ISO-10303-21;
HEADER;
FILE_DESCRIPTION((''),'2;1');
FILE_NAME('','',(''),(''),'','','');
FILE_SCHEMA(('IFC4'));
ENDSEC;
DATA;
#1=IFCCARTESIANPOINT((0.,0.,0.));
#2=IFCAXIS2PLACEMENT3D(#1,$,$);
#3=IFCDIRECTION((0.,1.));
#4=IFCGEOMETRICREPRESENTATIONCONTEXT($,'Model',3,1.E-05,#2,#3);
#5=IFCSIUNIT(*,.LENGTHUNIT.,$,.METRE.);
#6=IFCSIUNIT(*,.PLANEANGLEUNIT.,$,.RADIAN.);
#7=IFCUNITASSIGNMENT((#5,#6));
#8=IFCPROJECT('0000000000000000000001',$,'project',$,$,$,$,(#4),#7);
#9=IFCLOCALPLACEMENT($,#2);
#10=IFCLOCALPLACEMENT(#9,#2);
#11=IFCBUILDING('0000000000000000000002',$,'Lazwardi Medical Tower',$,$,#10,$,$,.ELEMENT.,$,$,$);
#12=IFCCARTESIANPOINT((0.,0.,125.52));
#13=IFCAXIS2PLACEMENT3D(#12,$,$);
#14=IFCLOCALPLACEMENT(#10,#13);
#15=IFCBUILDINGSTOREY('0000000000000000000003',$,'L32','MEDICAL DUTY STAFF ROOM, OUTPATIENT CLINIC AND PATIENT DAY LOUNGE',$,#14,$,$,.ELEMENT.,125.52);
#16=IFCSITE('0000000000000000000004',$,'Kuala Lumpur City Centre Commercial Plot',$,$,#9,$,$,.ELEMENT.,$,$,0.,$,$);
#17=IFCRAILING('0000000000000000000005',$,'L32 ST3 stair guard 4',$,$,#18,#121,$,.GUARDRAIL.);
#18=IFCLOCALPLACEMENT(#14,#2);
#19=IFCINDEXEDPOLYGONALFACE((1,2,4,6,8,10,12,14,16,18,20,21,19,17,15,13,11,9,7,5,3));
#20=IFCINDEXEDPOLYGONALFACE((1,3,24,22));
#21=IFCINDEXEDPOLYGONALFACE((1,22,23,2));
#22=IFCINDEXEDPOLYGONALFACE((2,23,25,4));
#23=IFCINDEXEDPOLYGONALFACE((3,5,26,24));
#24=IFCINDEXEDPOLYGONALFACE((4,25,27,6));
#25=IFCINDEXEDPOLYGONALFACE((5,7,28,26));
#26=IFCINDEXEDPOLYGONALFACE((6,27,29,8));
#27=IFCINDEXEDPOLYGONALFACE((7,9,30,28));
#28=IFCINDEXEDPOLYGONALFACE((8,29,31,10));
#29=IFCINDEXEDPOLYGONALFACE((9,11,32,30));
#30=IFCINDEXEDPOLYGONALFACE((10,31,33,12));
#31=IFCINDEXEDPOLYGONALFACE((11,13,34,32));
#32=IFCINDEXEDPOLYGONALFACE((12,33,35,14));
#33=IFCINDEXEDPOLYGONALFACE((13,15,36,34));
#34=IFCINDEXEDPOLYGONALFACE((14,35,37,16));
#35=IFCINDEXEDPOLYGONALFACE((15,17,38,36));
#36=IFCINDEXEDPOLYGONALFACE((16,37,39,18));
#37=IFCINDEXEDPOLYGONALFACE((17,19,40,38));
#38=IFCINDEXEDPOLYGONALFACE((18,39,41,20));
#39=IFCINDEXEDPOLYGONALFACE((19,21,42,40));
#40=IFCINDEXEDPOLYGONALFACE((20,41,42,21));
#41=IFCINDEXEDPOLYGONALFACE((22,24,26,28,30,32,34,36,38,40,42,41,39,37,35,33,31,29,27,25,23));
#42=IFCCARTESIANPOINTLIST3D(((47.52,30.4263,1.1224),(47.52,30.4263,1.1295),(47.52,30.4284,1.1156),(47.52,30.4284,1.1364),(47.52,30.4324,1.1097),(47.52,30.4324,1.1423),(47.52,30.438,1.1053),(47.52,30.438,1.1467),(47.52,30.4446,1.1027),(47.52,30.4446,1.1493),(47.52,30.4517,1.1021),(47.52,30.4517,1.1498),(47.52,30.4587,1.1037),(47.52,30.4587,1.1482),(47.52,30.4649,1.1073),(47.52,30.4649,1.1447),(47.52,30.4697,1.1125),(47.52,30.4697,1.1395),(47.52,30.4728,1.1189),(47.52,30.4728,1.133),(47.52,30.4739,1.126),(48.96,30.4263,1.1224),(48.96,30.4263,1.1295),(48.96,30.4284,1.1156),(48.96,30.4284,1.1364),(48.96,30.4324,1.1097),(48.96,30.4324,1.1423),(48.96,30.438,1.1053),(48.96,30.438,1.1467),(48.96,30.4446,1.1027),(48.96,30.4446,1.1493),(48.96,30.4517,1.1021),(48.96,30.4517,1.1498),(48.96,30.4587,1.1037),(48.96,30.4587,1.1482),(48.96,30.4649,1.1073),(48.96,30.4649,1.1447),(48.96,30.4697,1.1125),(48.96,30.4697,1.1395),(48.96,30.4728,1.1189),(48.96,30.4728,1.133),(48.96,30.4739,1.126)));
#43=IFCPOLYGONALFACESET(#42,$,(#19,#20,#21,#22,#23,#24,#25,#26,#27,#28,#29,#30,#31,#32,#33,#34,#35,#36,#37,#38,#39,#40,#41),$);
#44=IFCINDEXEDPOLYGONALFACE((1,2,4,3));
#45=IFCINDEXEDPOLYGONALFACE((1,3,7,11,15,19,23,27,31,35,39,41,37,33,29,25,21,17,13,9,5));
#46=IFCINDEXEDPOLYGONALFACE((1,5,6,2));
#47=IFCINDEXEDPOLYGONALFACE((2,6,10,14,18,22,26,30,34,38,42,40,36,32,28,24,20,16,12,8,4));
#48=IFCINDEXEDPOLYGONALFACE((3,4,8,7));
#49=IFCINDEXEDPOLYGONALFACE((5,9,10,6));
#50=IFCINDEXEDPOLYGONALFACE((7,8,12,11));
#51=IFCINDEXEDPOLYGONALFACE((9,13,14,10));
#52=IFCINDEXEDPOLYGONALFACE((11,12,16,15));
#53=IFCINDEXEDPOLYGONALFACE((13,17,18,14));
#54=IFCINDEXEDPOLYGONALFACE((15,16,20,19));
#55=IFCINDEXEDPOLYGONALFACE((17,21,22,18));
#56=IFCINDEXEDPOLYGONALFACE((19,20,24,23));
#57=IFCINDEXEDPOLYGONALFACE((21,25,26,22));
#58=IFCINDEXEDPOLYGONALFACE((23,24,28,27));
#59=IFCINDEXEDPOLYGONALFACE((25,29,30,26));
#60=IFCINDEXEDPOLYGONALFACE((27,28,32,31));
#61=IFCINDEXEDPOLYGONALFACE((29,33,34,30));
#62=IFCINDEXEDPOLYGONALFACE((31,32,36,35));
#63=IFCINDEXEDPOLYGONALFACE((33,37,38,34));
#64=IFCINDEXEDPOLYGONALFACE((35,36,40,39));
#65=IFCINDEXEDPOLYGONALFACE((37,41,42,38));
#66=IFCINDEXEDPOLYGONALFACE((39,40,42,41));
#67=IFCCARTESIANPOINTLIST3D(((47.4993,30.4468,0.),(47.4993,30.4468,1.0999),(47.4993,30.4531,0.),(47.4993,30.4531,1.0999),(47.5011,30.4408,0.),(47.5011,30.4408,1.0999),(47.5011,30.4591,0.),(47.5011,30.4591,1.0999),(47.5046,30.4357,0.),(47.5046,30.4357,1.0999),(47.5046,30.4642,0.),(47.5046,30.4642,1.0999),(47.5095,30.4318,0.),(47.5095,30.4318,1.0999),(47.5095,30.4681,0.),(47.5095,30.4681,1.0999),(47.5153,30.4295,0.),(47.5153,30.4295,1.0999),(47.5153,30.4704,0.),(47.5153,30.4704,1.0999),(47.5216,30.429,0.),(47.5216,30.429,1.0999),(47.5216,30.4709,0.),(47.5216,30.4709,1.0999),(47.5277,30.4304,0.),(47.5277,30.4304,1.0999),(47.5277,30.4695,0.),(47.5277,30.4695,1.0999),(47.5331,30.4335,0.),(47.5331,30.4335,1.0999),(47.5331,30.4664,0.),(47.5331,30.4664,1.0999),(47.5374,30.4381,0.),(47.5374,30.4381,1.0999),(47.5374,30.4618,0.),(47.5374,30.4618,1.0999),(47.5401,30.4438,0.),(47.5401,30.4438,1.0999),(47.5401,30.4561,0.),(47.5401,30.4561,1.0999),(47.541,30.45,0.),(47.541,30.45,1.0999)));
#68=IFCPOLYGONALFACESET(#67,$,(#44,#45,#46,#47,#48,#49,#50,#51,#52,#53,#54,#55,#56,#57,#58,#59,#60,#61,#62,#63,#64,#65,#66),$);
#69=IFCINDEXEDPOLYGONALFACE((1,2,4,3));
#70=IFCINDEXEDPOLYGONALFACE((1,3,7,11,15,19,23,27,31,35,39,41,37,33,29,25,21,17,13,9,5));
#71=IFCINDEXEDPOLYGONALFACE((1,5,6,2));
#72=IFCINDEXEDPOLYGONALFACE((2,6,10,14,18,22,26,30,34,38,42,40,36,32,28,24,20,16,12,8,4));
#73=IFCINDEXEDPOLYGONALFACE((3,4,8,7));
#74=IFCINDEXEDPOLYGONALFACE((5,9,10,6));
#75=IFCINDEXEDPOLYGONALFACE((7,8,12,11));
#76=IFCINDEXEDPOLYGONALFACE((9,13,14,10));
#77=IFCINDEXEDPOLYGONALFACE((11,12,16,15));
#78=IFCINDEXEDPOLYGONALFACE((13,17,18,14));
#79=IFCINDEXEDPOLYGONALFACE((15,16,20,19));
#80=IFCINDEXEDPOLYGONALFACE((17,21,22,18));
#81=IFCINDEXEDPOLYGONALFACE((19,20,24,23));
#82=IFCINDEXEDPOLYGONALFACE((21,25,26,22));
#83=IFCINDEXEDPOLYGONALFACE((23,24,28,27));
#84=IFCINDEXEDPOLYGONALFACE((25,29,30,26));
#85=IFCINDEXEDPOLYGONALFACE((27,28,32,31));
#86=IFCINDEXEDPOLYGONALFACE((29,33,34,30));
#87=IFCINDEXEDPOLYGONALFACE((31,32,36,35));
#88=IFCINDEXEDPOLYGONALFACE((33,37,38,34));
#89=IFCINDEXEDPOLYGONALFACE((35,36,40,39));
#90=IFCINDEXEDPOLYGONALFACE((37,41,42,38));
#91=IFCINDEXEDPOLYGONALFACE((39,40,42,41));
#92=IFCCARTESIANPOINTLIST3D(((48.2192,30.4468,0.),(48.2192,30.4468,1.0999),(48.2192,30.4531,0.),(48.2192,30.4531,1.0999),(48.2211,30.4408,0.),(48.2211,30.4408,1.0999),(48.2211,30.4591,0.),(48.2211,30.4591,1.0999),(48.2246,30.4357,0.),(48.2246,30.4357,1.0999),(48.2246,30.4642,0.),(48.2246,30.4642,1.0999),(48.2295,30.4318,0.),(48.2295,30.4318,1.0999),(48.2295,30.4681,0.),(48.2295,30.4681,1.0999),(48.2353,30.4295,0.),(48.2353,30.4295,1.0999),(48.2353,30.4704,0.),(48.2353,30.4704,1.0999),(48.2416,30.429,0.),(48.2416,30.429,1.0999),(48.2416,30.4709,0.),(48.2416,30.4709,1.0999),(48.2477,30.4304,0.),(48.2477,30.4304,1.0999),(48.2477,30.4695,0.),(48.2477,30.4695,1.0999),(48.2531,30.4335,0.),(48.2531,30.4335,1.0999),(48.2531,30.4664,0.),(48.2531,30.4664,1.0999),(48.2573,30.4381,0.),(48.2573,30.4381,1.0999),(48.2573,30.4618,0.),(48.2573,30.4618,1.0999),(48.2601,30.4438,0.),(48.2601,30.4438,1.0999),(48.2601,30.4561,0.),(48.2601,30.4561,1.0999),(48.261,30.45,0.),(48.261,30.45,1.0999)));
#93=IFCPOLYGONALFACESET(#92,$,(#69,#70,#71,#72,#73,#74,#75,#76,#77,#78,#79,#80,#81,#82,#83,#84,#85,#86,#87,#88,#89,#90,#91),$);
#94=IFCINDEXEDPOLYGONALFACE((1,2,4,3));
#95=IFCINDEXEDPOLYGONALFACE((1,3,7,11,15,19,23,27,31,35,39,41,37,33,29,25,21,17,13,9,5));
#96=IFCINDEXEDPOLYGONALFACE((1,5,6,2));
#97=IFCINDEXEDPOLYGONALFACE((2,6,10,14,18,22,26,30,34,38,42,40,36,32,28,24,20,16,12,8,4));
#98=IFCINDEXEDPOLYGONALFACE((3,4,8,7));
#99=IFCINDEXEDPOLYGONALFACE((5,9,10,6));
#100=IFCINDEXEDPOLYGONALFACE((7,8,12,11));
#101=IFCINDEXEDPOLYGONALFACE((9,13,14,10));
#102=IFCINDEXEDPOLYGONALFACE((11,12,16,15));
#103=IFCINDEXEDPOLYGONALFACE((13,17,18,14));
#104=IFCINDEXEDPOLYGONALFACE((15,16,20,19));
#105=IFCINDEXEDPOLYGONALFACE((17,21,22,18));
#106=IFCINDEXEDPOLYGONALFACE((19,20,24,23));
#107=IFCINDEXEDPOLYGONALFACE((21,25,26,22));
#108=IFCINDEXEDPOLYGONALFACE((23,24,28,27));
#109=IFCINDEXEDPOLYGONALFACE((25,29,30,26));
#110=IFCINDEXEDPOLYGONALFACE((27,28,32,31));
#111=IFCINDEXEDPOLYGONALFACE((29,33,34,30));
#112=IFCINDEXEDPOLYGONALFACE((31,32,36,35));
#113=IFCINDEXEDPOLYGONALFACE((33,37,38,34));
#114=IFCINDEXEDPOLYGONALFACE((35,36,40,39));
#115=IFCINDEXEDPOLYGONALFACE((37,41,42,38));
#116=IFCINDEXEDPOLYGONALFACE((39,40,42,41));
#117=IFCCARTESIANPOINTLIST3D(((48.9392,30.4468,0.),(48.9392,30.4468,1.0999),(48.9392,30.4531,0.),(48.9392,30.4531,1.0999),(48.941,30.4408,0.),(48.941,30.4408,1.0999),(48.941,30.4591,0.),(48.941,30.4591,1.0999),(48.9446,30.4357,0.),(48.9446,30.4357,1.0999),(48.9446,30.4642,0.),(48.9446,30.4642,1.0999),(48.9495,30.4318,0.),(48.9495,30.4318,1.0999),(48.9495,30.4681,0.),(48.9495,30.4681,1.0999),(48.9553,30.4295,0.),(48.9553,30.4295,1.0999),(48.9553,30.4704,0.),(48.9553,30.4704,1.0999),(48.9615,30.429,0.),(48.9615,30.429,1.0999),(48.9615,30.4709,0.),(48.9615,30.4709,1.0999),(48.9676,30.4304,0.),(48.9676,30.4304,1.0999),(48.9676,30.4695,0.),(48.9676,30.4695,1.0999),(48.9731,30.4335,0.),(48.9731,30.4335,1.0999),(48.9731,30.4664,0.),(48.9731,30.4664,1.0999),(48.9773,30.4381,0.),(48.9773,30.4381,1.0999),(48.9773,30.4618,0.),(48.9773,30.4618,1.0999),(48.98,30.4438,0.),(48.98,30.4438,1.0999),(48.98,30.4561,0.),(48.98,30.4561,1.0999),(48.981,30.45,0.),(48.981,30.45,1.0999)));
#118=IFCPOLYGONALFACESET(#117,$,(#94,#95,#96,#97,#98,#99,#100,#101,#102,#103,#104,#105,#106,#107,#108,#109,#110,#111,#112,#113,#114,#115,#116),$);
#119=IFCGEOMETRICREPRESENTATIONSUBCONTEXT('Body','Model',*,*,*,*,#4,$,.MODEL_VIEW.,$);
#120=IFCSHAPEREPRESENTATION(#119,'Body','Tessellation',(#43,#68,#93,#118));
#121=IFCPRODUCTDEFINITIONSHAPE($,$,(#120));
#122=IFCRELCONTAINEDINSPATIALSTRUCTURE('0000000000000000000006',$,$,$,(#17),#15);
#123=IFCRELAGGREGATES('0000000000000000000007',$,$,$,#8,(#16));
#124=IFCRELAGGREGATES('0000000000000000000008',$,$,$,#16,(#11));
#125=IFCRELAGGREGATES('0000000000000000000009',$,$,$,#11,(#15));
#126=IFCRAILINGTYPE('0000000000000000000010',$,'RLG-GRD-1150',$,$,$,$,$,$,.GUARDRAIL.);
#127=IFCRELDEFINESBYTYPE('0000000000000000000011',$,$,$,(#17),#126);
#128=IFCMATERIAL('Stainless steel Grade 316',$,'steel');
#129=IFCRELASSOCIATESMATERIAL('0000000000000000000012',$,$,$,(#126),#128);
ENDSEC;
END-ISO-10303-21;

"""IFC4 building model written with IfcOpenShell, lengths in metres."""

from ifc_helpers import new_model, si_unit, direction, frame, origin, origin_2d, place, context, subcontext, project, spatial, circle, extrude, material, type_object, element, save


model = new_model("IFC4")

# Units and contexts
model_context = context("Model", 3, precision=1e-05, world=origin(), true_north=direction((0.0, 1.0)))
body_context = subcontext(model_context, "Body", "Model", "MODEL_VIEW")
ifc_project = project(units=[si_unit("LENGTHUNIT", "METRE"), si_unit("PLANEANGLEUNIT", "RADIAN")], contexts=[model_context])

# Site, building, storey
site_placement = place(None, origin())
site = spatial("IfcSite", under=ifc_project, at=site_placement, Name="Kuala Lumpur City Centre Commercial Plot", CompositionType="ELEMENT", RefElevation=0.0)
building_placement = place(site_placement, origin())
building = spatial("IfcBuilding", under=site, at=building_placement, Name="Lazwardi Medical Tower", CompositionType="ELEMENT")
storey_placement = place(building_placement, frame((0.0, 0.0, 125.52)))
storey = spatial("IfcBuildingStorey", under=building, at=storey_placement, Name="L32", Description="MEDICAL DUTY STAFF ROOM, OUTPATIENT CLINIC AND PATIENT DAY LOUNGE", CompositionType="ELEMENT", Elevation=125.52)

# Railing
ifc_material_1 = material(Name="Stainless steel Grade 316", Category="steel")
railing_type_1 = type_object("IfcRailingType", Name="RLG-GRD-1150", PredefinedType="GUARDRAIL", material=ifc_material_1)
railing_1_placement = place(storey_placement, frame((47.52, 30.45, 0.0)))
element("IfcRailing", 1, at=railing_1_placement, inside=storey, type_object=railing_type_1, Name="L32 ST3 stair guard 4", PredefinedType="GUARDRAIL", context=body_context, shape_type="SweptSolid", body=[
    extrude(circle(Radius=0.0239, at=origin_2d()), frame((0.0, 0.0, 1.126), z_axis=(1.0, 0.0, 0.0), x_axis=(0.0, 1.0, 0.0)), (0.0, 0.0, 1.0), 1.4399),
    extrude(circle(Radius=0.021, at=origin_2d()), origin(), (0.0, 0.0, 1.0), 1.0999),
    extrude(circle(Radius=0.021, at=origin_2d()), frame((0.72, 0.0, 0.0)), (0.0, 0.0, 1.0), 1.0999),
    extrude(circle(Radius=0.021, at=origin_2d()), frame((1.4399, 0.0, 0.0)), (0.0, 0.0, 1.0), 1.0999),
])

save(model, "model.ifc")
